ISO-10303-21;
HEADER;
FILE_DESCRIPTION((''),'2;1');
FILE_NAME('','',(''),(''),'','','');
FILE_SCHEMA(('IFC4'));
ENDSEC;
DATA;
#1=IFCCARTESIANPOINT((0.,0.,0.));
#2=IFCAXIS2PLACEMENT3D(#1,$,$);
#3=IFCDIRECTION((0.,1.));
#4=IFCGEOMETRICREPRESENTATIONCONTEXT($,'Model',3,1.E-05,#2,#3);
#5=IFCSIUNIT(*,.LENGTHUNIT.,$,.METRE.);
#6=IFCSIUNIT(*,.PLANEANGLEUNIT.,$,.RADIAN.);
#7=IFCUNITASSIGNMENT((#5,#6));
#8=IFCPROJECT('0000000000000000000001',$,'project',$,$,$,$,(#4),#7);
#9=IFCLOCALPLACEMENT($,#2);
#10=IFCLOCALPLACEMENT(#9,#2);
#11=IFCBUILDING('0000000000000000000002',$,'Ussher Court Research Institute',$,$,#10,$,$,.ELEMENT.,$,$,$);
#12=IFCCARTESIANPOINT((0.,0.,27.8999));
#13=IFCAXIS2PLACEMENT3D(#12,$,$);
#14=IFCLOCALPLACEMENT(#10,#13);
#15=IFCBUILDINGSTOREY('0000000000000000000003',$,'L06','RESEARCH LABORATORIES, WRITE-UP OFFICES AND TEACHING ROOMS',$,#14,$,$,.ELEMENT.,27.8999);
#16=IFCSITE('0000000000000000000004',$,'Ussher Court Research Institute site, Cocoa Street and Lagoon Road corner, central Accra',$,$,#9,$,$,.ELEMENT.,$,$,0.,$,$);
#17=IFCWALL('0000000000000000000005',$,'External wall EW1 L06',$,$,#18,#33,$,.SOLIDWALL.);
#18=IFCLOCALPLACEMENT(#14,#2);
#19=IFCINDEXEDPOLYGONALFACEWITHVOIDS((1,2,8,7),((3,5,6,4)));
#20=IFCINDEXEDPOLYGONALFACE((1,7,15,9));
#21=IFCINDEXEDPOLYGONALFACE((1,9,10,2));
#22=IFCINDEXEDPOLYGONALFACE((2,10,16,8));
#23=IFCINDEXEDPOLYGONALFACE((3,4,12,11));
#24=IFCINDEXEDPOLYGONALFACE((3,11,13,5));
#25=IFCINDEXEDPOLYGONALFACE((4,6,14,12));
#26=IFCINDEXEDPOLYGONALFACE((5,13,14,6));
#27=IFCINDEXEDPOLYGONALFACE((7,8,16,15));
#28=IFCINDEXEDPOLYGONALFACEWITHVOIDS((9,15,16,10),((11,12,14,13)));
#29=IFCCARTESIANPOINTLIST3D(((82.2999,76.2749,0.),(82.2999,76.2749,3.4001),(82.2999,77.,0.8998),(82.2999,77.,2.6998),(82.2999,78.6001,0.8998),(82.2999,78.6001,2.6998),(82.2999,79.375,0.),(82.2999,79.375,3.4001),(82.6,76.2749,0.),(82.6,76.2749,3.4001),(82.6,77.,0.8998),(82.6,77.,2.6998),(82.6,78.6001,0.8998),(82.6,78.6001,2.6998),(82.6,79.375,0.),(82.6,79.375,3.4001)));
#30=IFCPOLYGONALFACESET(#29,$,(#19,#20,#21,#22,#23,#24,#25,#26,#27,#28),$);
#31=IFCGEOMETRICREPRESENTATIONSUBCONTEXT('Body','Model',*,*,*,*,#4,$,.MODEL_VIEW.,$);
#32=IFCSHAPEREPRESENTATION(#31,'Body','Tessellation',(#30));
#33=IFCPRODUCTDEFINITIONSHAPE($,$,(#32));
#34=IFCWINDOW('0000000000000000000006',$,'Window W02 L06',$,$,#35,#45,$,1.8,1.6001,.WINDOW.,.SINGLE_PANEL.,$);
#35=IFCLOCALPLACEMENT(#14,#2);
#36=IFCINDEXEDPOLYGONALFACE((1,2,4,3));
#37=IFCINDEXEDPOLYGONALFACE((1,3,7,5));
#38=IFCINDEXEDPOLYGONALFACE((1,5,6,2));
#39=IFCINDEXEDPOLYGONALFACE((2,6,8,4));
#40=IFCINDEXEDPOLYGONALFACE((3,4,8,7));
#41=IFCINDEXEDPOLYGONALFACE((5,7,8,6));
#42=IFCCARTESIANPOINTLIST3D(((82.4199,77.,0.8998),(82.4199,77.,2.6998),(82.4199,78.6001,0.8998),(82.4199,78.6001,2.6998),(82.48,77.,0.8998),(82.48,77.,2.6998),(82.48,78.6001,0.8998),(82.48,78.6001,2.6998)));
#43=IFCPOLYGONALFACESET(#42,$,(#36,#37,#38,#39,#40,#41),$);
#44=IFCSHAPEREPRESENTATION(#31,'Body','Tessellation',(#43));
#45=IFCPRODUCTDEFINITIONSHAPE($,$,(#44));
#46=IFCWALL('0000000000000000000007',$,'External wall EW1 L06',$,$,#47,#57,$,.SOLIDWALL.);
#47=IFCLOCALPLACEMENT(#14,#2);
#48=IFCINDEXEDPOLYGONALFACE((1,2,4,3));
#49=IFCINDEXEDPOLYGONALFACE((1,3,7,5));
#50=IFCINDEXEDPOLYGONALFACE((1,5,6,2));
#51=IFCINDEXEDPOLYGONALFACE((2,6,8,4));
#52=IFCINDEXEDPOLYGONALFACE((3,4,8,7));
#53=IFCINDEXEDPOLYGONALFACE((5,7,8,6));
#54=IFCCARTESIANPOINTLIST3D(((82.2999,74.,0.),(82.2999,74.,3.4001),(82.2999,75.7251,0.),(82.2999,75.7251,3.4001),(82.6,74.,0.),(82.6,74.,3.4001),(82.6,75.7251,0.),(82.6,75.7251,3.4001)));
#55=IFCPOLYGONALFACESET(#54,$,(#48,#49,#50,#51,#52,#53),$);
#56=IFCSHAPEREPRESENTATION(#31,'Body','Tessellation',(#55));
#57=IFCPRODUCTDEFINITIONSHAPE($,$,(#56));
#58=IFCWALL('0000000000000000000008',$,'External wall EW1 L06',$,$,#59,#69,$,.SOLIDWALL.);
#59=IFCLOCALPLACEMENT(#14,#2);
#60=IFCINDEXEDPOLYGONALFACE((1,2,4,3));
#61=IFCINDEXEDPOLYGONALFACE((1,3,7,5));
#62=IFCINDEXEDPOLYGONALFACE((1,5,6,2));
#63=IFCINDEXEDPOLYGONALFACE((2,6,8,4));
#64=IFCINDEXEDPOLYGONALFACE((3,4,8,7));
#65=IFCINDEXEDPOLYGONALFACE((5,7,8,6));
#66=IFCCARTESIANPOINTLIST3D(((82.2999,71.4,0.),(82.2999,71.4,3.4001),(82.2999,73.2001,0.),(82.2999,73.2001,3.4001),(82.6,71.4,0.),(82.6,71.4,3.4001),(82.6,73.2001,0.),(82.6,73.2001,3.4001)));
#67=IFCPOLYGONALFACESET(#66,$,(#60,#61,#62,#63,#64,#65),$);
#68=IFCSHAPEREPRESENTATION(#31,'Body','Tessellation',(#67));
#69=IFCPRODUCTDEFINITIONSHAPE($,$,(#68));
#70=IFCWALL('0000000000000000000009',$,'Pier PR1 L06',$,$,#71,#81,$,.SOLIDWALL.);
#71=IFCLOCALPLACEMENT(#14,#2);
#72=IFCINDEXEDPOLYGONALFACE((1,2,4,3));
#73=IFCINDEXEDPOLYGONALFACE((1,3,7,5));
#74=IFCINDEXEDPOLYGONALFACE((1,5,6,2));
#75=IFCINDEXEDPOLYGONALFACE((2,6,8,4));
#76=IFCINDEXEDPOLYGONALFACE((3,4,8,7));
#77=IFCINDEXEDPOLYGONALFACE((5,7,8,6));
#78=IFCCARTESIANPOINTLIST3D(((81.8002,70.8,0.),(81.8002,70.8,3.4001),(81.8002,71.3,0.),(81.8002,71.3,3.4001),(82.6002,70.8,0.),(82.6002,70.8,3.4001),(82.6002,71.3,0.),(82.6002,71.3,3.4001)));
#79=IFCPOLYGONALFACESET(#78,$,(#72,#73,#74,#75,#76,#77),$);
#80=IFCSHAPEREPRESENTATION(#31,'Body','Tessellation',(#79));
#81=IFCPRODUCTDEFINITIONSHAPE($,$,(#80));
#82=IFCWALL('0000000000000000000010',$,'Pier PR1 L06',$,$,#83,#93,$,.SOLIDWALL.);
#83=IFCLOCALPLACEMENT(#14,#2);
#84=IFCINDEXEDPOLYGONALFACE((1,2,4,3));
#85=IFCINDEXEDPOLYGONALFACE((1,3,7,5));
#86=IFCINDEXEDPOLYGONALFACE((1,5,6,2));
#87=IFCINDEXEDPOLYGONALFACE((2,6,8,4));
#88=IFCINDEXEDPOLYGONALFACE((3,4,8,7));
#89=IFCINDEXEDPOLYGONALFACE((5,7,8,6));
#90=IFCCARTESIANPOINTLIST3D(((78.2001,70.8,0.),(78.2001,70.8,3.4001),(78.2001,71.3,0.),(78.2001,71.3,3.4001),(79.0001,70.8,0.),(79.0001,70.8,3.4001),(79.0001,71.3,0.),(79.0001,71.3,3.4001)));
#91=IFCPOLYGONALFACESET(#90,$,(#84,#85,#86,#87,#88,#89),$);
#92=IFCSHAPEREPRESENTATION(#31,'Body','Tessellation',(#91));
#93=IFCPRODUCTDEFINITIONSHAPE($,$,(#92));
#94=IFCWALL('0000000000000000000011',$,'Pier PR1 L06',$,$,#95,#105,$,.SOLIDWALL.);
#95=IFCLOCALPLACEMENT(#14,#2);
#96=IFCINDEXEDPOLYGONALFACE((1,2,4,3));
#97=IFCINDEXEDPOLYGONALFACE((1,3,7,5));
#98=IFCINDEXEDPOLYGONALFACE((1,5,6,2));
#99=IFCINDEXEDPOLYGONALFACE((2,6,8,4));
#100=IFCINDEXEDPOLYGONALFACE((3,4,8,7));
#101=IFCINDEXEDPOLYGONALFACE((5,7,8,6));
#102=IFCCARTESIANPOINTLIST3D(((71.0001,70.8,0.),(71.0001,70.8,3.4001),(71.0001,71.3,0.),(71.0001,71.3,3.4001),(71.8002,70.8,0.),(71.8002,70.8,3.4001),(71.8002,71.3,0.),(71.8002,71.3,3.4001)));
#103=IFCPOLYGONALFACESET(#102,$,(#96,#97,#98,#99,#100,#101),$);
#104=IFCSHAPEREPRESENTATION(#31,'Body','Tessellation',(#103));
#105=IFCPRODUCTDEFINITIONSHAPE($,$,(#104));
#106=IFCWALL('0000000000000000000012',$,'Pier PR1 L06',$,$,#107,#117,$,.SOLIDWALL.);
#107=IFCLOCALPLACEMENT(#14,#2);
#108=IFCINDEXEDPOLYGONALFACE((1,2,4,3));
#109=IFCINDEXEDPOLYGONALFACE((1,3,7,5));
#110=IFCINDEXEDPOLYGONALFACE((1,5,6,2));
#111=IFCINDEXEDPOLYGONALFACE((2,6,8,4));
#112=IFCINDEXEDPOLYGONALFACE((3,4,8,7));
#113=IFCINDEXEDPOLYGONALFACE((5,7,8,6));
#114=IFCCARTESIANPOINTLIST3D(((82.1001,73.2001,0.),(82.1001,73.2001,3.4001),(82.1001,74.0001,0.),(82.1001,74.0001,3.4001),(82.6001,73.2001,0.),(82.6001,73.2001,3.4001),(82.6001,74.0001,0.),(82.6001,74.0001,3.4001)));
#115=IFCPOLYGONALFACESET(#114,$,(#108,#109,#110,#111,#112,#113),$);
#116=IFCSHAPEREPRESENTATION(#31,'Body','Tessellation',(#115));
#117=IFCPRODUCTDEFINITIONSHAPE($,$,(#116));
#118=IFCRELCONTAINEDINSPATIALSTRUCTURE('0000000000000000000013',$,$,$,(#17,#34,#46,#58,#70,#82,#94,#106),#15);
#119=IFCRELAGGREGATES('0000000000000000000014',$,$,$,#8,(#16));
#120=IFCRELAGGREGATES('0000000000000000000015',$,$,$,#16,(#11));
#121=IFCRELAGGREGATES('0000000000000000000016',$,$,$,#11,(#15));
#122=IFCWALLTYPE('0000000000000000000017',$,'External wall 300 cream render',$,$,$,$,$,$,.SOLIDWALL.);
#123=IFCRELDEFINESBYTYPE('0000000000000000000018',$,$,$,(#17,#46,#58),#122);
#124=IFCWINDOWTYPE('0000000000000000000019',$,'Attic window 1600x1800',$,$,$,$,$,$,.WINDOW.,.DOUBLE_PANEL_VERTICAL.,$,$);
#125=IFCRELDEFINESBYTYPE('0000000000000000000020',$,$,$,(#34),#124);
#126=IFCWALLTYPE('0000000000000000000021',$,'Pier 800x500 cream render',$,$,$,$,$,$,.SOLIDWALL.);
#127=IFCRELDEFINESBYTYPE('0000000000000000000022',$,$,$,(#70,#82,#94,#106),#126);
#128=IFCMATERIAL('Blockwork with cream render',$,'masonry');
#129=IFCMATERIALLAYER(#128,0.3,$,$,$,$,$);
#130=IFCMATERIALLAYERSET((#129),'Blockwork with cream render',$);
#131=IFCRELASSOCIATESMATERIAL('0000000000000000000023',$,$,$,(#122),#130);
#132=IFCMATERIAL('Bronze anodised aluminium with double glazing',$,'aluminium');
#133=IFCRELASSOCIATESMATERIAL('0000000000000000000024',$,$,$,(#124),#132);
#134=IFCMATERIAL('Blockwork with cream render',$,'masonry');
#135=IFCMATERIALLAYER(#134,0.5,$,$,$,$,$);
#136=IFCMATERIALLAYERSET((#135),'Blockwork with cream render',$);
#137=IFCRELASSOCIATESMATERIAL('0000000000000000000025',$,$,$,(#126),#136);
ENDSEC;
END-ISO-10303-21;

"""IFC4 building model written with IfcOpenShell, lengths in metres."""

from ifc_helpers import new_model, si_unit, direction, frame, frame_2d, origin, place, context, subcontext, project, spatial, rectangle, extrude, material, layer, layer_set, type_object, element, fill, save


model = new_model("IFC4")

# Units and contexts
model_context = context("Model", 3, precision=1e-05, world=origin(), true_north=direction((0.0, 1.0)))
body_context = subcontext(model_context, "Body", "Model", "MODEL_VIEW")
ifc_project = project(units=[si_unit("LENGTHUNIT", "METRE"), si_unit("PLANEANGLEUNIT", "RADIAN")], contexts=[model_context])

# Site, building, storey
site_placement = place(None, origin())
site = spatial("IfcSite", under=ifc_project, at=site_placement, Name="Ussher Court Research Institute site, Cocoa Street and Lagoon Road corner, central Accra", CompositionType="ELEMENT", RefElevation=0.0)
building_placement = place(site_placement, origin())
building = spatial("IfcBuilding", under=site, at=building_placement, Name="Ussher Court Research Institute", CompositionType="ELEMENT")
storey_placement = place(building_placement, frame((0.0, 0.0, 27.8999)))
storey = spatial("IfcBuildingStorey", under=building, at=storey_placement, Name="L06", Description="RESEARCH LABORATORIES, WRITE-UP OFFICES AND TEACHING ROOMS", CompositionType="ELEMENT", Elevation=27.8999)

# Wall, opening, window
ifc_material_1 = material(Name="Blockwork with cream render", Category="masonry")
ifc_layer_1 = layer(ifc_material_1, 0.3)
ifc_layer_set_1 = layer_set([ifc_layer_1], Name="Blockwork with cream render")
wall_type_1 = type_object("IfcWallType", Name="External wall 300 cream render", PredefinedType="SOLIDWALL", material=ifc_layer_set_1)
wall_1_placement = place(storey_placement, frame((82.45, 79.375, 0.0), z_axis=(0.0, 0.0, 1.0), x_axis=(0.0, -1.0, 0.0)))
wall_1 = element("IfcWall", 1, at=wall_1_placement, inside=storey, type_object=wall_type_1, Name="External wall EW1 L06", PredefinedType="SOLIDWALL", context=body_context, shape_type="SweptSolid", body=[
    extrude(rectangle(XDim=3.1001, YDim=0.3, at=frame_2d((1.55, 0.0))), origin(), (0.0, 0.0, 1.0), 3.4001),
])
opening_1_placement = place(wall_1_placement, frame((0.7749, 0.0, 0.8999)))
opening_1 = element("IfcOpeningElement", 2, at=opening_1_placement, cuts=wall_1, PredefinedType="OPENING", context=body_context, shape_type="SweptSolid", body=[
    extrude(rectangle(XDim=1.6001, YDim=1.8, at=frame_2d((0.8, 0.8999))), frame((0.0, 0.1602, 0.0), z_axis=(0.0, -1.0, 0.0), x_axis=(1.0, 0.0, 0.0)), (0.0, 0.0, 1.0), 0.3201),
])
ifc_material_2 = material(Name="Bronze anodised aluminium with double glazing", Category="aluminium")
window_type = type_object("IfcWindowType", Name="Attic window 1600x1800", PartitioningType="DOUBLE_PANEL_VERTICAL", PredefinedType="WINDOW", material=ifc_material_2)
window_placement = place(opening_1_placement, origin())
window = element("IfcWindow", 3, at=window_placement, inside=storey, type_object=window_type, Name="Window W02 L06", OverallHeight=1.8, OverallWidth=1.6001, PartitioningType="SINGLE_PANEL", PredefinedType="WINDOW", context=body_context, shape_type="SweptSolid", body=[
    extrude(rectangle(XDim=1.6001, YDim=1.8, at=frame_2d((0.8, 0.8999))), frame((0.0, 0.03, 0.0), z_axis=(0.0, -1.0, 0.0), x_axis=(1.0, 0.0, 0.0)), (0.0, 0.0, 1.0), 0.0601),
])
fill(opening_1, window)

# Walls
wall_2_placement = place(storey_placement, frame((82.45, 75.7251, 0.0), z_axis=(0.0, 0.0, 1.0), x_axis=(0.0, -1.0, 0.0)))
element("IfcWall", 4, at=wall_2_placement, inside=storey, type_object=wall_type_1, Name="External wall EW1 L06", PredefinedType="SOLIDWALL", context=body_context, shape_type="SweptSolid", body=[
    extrude(rectangle(XDim=1.7251, YDim=0.3, at=frame_2d((0.8625, 0.0))), origin(), (0.0, 0.0, 1.0), 3.4001),
])
wall_3_placement = place(storey_placement, frame((82.45, 73.2, 0.0), z_axis=(0.0, 0.0, 1.0), x_axis=(0.0, -1.0, 0.0)))
element("IfcWall", 5, at=wall_3_placement, inside=storey, type_object=wall_type_1, Name="External wall EW1 L06", PredefinedType="SOLIDWALL", context=body_context, shape_type="SweptSolid", body=[
    extrude(rectangle(XDim=1.8, YDim=0.3, at=frame_2d((0.8999, 0.0))), origin(), (0.0, 0.0, 1.0), 3.4001),
])
ifc_material_3 = material(Name="Blockwork with cream render", Category="masonry")
ifc_layer_2 = layer(ifc_material_3, 0.5)
ifc_layer_set_2 = layer_set([ifc_layer_2], Name="Blockwork with cream render")
wall_type_2 = type_object("IfcWallType", Name="Pier 800x500 cream render", PredefinedType="SOLIDWALL", material=ifc_layer_set_2)
for number, where, z_axis, x_axis, name in (
    (6, (82.6001, 71.05, 0.0), (0.0, 0.0, 1.0), (-1.0, 0.0, 0.0), "Pier PR1 L06"),
    (7, (79.0, 71.05, 0.0), (0.0, 0.0, 1.0), (-1.0, 0.0, 0.0), "Pier PR1 L06"),
    (8, (71.8, 71.05, 0.0), (0.0, 0.0, 1.0), (-1.0, 0.0, 0.0), "Pier PR1 L06"),
    (9, (82.3501, 74.0, 0.0), (0.0, 0.0, 1.0), (0.0, -1.0, 0.0), "Pier PR1 L06"),
):
    element("IfcWall", number, at=place(storey_placement, frame(where, z_axis=z_axis, x_axis=x_axis)), inside=storey, type_object=wall_type_2, Name=name, PredefinedType="SOLIDWALL", context=body_context, shape_type="SweptSolid", body=[
        extrude(rectangle(XDim=0.8, YDim=0.5, at=frame_2d((0.3999, 0.0))), origin(), (0.0, 0.0, 1.0), 3.4001),
    ])

save(model, "model.ifc")
